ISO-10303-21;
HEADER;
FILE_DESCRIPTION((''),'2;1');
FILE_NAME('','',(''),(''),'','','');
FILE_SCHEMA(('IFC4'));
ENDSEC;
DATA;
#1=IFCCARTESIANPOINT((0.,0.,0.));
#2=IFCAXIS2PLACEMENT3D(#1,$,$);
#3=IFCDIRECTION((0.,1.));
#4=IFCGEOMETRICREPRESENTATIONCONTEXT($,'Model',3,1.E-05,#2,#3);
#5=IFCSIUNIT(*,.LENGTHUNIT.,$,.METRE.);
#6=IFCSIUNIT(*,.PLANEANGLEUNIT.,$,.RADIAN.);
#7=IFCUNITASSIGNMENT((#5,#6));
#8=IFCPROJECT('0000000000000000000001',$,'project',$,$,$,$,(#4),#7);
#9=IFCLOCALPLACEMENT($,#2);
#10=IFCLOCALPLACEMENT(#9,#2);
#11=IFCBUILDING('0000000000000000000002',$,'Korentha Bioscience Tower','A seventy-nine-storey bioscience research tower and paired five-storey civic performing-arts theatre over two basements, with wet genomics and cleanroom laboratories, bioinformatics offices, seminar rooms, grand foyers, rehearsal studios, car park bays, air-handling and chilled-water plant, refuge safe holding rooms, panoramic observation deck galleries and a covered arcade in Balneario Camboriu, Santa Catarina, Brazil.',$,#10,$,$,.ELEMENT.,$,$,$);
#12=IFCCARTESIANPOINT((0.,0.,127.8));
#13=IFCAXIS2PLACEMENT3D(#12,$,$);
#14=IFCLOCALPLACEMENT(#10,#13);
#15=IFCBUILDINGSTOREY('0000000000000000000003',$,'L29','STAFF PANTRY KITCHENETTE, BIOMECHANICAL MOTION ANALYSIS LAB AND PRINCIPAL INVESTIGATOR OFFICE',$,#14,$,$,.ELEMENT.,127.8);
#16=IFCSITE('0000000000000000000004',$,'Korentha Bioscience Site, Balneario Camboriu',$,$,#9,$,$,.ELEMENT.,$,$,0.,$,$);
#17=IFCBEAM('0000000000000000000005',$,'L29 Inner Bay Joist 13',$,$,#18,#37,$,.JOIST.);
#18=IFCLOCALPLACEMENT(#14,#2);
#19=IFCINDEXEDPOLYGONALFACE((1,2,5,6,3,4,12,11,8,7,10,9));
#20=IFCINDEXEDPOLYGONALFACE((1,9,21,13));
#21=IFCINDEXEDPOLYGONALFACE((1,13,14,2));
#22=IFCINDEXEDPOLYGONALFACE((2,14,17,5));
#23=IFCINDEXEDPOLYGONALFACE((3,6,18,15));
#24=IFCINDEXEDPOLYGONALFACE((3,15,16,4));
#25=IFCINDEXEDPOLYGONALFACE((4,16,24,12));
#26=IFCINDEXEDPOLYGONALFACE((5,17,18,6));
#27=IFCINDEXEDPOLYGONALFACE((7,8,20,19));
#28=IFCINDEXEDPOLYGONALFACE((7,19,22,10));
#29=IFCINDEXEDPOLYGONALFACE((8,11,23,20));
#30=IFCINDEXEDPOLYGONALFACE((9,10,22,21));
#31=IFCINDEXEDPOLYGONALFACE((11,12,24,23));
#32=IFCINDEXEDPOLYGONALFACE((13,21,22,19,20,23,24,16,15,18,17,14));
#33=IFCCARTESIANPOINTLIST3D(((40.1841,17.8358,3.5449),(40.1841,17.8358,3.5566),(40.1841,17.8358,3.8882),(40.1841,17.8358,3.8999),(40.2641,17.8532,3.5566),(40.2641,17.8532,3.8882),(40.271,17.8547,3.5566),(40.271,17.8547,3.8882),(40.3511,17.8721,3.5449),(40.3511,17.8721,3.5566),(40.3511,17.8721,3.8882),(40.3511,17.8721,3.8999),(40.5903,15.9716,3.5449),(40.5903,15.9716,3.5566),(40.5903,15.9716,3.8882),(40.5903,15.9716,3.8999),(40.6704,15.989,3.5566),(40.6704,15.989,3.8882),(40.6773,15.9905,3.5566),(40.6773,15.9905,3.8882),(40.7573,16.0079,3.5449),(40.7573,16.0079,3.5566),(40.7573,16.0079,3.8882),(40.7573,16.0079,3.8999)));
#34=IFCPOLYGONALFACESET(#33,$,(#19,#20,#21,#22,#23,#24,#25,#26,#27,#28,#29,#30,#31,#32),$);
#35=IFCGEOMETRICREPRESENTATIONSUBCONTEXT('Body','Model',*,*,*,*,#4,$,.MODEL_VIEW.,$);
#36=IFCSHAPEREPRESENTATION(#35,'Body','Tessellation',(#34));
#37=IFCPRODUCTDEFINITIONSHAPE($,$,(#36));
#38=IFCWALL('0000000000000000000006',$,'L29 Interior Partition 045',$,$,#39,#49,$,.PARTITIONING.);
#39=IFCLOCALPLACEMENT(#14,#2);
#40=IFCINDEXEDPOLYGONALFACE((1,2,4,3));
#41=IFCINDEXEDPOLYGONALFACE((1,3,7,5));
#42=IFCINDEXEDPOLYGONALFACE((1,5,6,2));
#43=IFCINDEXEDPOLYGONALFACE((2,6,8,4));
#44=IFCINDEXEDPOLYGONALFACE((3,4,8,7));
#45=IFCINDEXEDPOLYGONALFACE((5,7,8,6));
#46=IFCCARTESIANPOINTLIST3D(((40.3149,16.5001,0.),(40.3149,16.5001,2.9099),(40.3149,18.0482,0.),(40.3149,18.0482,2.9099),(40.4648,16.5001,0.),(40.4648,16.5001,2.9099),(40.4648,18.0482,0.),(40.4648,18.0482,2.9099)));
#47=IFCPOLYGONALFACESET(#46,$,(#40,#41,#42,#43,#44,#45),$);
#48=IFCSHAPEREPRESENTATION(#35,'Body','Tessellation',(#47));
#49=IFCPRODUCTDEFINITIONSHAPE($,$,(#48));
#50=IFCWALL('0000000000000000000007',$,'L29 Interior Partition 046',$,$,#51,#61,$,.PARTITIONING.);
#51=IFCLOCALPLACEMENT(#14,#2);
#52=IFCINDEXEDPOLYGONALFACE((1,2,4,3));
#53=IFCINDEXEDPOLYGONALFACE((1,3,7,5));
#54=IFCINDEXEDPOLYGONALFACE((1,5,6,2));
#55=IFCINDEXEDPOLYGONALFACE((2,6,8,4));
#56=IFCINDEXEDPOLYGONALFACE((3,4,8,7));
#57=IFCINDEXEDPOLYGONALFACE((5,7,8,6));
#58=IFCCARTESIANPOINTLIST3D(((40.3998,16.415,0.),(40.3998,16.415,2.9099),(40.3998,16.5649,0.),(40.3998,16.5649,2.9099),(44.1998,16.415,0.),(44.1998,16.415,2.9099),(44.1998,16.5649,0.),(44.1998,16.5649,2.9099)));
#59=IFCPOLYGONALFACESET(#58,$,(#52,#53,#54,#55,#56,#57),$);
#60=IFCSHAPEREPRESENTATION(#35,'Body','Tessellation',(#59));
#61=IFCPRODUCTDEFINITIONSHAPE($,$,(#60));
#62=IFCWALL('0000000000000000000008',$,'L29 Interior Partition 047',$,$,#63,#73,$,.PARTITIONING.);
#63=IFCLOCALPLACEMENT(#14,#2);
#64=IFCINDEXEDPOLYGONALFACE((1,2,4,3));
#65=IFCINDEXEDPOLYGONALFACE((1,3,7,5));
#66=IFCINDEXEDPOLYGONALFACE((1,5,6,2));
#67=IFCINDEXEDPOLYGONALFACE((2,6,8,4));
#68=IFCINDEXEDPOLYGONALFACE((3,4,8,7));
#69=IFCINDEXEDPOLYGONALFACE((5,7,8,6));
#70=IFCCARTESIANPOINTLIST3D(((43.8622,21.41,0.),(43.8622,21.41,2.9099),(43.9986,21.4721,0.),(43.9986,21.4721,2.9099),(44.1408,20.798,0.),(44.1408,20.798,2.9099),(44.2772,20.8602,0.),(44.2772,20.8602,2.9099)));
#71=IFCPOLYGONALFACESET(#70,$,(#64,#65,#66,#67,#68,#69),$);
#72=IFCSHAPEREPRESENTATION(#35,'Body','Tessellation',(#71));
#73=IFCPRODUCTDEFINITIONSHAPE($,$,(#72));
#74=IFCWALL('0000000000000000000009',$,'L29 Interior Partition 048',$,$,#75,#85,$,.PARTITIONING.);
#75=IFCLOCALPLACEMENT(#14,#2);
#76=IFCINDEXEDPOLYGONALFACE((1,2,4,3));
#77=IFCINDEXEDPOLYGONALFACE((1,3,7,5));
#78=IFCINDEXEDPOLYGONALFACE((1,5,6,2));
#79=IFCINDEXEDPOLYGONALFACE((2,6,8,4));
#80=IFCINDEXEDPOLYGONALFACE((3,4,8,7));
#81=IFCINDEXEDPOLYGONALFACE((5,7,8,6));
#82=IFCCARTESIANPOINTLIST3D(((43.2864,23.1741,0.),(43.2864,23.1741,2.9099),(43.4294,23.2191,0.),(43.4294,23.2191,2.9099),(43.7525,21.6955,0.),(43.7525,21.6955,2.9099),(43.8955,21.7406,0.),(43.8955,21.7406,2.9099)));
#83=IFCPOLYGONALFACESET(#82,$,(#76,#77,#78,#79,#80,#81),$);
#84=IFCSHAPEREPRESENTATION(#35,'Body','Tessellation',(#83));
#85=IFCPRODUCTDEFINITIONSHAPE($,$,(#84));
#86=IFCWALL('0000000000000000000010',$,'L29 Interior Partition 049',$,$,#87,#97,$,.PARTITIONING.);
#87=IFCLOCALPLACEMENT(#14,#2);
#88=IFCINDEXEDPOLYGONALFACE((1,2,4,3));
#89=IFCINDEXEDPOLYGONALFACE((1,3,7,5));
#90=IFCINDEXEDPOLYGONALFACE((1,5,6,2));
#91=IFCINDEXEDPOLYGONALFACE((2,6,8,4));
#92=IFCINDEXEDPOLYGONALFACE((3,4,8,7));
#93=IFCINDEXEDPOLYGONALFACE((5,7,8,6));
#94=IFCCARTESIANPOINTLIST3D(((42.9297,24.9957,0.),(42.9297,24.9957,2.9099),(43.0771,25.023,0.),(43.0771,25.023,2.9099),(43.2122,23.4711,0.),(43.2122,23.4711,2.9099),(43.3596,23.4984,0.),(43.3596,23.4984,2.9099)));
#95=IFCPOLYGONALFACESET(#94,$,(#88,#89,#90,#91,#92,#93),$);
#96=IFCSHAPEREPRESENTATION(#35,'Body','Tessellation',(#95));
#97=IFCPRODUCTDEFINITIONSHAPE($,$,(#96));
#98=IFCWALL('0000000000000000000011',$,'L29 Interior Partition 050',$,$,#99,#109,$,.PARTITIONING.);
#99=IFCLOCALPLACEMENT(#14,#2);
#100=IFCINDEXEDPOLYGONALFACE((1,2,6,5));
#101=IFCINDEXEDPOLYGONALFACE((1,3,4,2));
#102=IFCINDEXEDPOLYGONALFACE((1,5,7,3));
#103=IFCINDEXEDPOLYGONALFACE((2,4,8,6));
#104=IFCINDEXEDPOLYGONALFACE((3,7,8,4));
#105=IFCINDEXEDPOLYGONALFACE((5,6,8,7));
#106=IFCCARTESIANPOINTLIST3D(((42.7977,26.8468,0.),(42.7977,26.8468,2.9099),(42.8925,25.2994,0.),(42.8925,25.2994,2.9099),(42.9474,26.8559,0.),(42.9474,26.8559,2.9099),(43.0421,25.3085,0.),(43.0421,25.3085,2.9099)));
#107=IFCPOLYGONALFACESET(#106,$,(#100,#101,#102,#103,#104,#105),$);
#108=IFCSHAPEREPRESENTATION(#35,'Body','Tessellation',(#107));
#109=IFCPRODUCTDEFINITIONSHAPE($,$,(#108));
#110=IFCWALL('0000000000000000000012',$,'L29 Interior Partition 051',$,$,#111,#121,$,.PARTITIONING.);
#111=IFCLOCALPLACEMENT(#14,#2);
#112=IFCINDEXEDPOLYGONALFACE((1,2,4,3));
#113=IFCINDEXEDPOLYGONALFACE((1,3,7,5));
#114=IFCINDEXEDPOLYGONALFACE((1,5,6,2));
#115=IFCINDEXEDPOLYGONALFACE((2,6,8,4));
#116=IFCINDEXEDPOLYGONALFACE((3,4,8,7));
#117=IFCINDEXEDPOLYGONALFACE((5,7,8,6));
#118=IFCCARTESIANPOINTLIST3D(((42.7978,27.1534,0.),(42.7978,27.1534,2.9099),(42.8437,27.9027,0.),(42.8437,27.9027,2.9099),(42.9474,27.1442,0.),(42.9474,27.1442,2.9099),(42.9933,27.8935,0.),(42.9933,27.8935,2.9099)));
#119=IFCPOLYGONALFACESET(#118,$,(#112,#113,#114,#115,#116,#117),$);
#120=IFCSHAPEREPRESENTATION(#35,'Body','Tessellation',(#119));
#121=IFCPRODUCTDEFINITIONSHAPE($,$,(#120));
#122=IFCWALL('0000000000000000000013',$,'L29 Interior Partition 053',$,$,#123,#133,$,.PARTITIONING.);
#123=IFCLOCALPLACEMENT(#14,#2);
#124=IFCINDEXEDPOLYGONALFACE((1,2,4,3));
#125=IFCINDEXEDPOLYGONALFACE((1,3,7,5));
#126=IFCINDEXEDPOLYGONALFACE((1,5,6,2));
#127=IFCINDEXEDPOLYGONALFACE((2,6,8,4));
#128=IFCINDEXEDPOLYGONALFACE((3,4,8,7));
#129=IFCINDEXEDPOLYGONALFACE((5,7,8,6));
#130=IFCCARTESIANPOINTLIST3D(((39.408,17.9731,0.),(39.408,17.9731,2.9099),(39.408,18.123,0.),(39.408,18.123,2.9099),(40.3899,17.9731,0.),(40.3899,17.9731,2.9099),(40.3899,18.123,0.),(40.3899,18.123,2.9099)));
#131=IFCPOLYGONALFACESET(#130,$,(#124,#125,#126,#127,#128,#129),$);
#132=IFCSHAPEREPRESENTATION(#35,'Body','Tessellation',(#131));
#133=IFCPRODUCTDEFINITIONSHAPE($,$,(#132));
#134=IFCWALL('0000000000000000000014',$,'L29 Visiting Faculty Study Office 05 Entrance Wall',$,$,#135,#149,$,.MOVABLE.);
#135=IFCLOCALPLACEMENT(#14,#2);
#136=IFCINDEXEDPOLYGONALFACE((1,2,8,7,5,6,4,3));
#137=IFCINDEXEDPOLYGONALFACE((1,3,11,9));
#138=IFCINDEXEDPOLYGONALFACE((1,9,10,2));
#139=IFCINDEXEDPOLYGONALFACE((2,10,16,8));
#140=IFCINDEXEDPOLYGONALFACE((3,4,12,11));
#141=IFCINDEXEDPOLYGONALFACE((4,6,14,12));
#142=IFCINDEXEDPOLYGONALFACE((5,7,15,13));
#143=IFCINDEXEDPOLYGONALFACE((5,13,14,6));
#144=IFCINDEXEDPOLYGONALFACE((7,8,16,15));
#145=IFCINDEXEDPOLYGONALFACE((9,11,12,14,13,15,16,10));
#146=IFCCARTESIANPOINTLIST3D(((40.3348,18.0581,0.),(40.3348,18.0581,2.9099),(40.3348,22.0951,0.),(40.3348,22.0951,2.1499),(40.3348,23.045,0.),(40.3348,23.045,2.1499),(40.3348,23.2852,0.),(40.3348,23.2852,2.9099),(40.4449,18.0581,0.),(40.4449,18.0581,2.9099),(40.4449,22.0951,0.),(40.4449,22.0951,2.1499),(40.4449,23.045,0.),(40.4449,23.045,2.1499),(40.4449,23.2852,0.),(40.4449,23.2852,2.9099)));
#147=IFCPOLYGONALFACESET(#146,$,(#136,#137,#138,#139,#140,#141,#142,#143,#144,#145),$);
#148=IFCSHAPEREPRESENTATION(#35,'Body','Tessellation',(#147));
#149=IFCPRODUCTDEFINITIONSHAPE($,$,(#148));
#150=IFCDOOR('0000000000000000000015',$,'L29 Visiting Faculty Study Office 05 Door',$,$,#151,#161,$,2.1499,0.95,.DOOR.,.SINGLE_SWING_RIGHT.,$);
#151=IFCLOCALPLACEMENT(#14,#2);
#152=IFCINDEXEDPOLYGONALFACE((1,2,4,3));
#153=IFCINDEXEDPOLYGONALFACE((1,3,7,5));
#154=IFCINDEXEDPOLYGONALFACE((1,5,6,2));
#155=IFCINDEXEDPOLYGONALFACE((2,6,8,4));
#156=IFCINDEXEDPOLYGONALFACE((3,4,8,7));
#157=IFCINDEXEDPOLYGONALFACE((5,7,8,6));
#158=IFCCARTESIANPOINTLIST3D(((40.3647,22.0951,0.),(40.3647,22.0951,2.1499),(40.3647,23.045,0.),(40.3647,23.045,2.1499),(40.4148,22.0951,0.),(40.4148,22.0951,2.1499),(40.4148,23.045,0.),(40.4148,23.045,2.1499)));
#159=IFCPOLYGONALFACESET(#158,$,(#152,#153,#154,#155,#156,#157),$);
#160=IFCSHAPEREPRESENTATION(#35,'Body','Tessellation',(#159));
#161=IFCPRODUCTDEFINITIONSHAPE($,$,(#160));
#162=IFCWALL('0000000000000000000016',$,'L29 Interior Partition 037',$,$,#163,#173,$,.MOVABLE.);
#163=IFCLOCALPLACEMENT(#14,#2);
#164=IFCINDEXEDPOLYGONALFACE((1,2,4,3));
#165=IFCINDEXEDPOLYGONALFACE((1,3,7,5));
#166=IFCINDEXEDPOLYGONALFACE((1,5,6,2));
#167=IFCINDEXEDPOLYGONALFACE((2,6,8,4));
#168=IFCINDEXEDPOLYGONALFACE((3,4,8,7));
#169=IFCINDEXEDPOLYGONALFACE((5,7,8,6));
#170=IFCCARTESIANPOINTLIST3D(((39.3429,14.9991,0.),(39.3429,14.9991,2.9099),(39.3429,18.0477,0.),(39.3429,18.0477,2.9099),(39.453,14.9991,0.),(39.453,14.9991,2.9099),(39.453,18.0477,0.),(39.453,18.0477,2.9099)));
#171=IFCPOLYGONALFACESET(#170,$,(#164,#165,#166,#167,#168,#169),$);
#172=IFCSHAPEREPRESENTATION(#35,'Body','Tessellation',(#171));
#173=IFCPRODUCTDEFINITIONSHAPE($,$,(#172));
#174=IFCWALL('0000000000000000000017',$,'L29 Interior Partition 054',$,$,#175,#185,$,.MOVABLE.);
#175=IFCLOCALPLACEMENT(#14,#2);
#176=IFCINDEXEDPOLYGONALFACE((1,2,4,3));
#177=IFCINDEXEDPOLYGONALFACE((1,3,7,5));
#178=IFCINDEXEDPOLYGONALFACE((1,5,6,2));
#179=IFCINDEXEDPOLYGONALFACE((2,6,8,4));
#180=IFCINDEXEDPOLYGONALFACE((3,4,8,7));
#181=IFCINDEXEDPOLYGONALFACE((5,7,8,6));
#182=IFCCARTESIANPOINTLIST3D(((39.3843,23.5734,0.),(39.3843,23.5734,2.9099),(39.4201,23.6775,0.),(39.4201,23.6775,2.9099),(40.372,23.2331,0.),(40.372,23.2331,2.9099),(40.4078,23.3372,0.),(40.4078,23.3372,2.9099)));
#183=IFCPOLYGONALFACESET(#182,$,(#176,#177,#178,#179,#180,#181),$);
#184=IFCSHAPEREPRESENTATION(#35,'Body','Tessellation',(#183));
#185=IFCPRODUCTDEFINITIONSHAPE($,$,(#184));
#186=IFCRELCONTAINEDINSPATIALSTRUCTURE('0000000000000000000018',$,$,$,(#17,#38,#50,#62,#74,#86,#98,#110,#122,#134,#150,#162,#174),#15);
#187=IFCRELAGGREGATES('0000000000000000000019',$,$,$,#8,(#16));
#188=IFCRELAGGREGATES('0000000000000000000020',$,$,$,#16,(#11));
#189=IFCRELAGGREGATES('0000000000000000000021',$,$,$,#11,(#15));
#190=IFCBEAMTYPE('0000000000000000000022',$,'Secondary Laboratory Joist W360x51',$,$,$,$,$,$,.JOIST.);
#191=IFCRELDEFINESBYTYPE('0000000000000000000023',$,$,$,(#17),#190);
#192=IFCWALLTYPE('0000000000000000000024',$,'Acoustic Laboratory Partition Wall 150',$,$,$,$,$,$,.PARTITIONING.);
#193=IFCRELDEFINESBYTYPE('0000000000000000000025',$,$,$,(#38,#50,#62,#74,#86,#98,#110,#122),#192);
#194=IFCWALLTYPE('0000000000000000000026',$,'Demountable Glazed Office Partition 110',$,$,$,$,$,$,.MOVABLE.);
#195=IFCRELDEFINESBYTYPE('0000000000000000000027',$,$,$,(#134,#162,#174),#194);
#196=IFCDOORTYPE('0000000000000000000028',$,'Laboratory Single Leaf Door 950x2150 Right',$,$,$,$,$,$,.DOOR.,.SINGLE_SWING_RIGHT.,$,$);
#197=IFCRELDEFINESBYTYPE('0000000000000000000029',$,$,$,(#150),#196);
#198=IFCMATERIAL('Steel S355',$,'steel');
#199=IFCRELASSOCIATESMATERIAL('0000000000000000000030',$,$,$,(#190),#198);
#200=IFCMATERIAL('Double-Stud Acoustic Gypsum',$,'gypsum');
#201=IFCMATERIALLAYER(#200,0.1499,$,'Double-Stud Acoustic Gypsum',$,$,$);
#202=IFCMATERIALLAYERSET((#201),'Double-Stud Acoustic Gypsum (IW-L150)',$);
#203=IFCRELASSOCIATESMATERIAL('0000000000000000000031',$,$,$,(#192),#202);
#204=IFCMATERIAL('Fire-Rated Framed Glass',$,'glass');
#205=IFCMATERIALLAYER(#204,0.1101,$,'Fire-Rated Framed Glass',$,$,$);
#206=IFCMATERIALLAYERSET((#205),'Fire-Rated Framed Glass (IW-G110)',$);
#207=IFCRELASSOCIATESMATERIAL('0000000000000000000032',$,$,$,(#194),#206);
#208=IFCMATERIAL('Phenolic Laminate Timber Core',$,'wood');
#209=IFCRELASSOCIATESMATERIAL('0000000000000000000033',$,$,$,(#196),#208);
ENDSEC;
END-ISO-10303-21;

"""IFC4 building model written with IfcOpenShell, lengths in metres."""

from ifc_helpers import new_model, si_unit, direction, frame, frame_2d, origin, origin_2d, place, context, subcontext, project, spatial, rectangle, i_section, extrude, material, layer, layer_set, material_profile, profile_set, type_object, element, fill, save


model = new_model("IFC4")

# Units and contexts
model_context = context("Model", 3, precision=1e-05, world=origin(), true_north=direction((0.0, 1.0)))
body_context = subcontext(model_context, "Body", "Model", "MODEL_VIEW")
ifc_project = project(units=[si_unit("LENGTHUNIT", "METRE"), si_unit("PLANEANGLEUNIT", "RADIAN")], contexts=[model_context])

# Site, building, storey
site_placement = place(None, origin())
site = spatial("IfcSite", under=ifc_project, at=site_placement, Name="Korentha Bioscience Site, Balneario Camboriu", CompositionType="ELEMENT", RefElevation=0.0)
building_placement = place(site_placement, origin())
building = spatial("IfcBuilding", under=site, at=building_placement, Name="Korentha Bioscience Tower", Description="A seventy-nine-storey bioscience research tower and paired five-storey civic performing-arts theatre over two basements, with wet genomics and cleanroom laboratories, bioinformatics offices, seminar rooms, grand foyers, rehearsal studios, car park bays, air-handling and chilled-water plant, refuge safe holding rooms, panoramic observation deck galleries and a covered arcade in Balneario Camboriu, Santa Catarina, Brazil.", CompositionType="ELEMENT")
storey_placement = place(building_placement, frame((0.0, 0.0, 127.8)))
storey = spatial("IfcBuildingStorey", under=building, at=storey_placement, Name="L29", Description="STAFF PANTRY KITCHENETTE, BIOMECHANICAL MOTION ANALYSIS LAB AND PRINCIPAL INVESTIGATOR OFFICE", CompositionType="ELEMENT", Elevation=127.8)

# Beam
ifc_material_1 = material(Name="Steel S355", Category="steel")
ifc_material_profile_1 = material_profile(ifc_material_1, i_section(OverallWidth=0.1709, OverallDepth=0.355, WebThickness=0.0071, FlangeThickness=0.0117, at=origin_2d()), Name="Steel S355")
ifc_profile_set_1 = profile_set([ifc_material_profile_1], Name="Steel S355 (JB-360)")
beam_type_1 = type_object("IfcBeamType", Name="Secondary Laboratory Joist W360x51", PredefinedType="JOIST", material=ifc_profile_set_1)
beam_1_placement = place(storey_placement, frame((40.6738, 15.9897, 3.7224), z_axis=(-0.212918, 0.97707, 0.0), x_axis=(-0.97707, -0.212918, 0.0)))
element("IfcBeam", 1, at=beam_1_placement, inside=storey, type_object=beam_type_1, Name="L29 Inner Bay Joist 13", PredefinedType="JOIST", context=body_context, shape_type="SweptSolid", body=[
    extrude(i_section(OverallWidth=0.1709, OverallDepth=0.355, WebThickness=0.0071, FlangeThickness=0.0117, at=origin_2d()), origin(), (0.0, 0.0, 1.0), 1.908),
])

# Shared definitions
ifc_material_2 = material(Name="Double-Stud Acoustic Gypsum", Category="gypsum")
ifc_layer_1 = layer(ifc_material_2, 0.1499, Name="Double-Stud Acoustic Gypsum")
ifc_layer_set_1 = layer_set([ifc_layer_1], Name="Double-Stud Acoustic Gypsum (IW-L150)")
wall_type_1 = type_object("IfcWallType", Name="Acoustic Laboratory Partition Wall 150", PredefinedType="PARTITIONING", material=ifc_layer_set_1)
ifc_material_3 = material(Name="Phenolic Laminate Timber Core", Category="wood")

# Walls
wall_1_placement = place(storey_placement, frame((40.3899, 18.0481, 0.0), z_axis=(0.0, 0.0, 1.0), x_axis=(0.0, -1.0, 0.0)))
element("IfcWall", 2, at=wall_1_placement, inside=storey, type_object=wall_type_1, Name="L29 Interior Partition 045", PredefinedType="PARTITIONING", context=body_context, shape_type="SweptSolid", body=[
    extrude(rectangle(XDim=1.5481, YDim=0.1499, at=frame_2d((0.7739, 0.0))), origin(), (0.0, 0.0, 1.0), 2.9099),
])
wall_2_placement = place(storey_placement, frame((40.3999, 16.49, 0.0), z_axis=(0.0, 0.0, 1.0), x_axis=(1.0, 0.0, 0.0)))
element("IfcWall", 3, at=wall_2_placement, inside=storey, type_object=wall_type_1, Name="L29 Interior Partition 046", PredefinedType="PARTITIONING", context=body_context, shape_type="SweptSolid", body=[
    extrude(rectangle(XDim=3.8, YDim=0.1499, at=frame_2d((1.8999, 0.0))), origin(), (0.0, 0.0, 1.0), 2.9099),
])
wall_3_placement = place(storey_placement, frame((44.209, 20.8291, 0.0), z_axis=(0.0, 0.0, 1.0), x_axis=(-0.414377, 0.910105, 0.0)))
element("IfcWall", 4, at=wall_3_placement, inside=storey, type_object=wall_type_1, Name="L29 Interior Partition 047", PredefinedType="PARTITIONING", context=body_context, shape_type="SweptSolid", body=[
    extrude(rectangle(XDim=0.6724, YDim=0.1499, at=frame_2d((0.3362, 0.0))), origin(), (0.0, 0.0, 1.0), 2.9099),
])
wall_4_placement = place(storey_placement, frame((43.824, 21.718, 0.0), z_axis=(0.0, 0.0, 1.0), x_axis=(-0.300641, 0.953737, 0.0)))
element("IfcWall", 5, at=wall_4_placement, inside=storey, type_object=wall_type_1, Name="L29 Interior Partition 048", PredefinedType="PARTITIONING", context=body_context, shape_type="SweptSolid", body=[
    extrude(rectangle(XDim=1.5503, YDim=0.1499, at=frame_2d((0.7751, 0.0))), origin(), (0.0, 0.0, 1.0), 2.9099),
])
wall_5_placement = place(storey_placement, frame((43.2859, 23.4846, 0.0), z_axis=(0.0, 0.0, 1.0), x_axis=(-0.182168, 0.983267, 0.0)))
element("IfcWall", 6, at=wall_5_placement, inside=storey, type_object=wall_type_1, Name="L29 Interior Partition 049", PredefinedType="PARTITIONING", context=body_context, shape_type="SweptSolid", body=[
    extrude(rectangle(XDim=1.5505, YDim=0.1499, at=frame_2d((0.7754, 0.0))), origin(), (0.0, 0.0, 1.0), 2.9099),
])
wall_6_placement = place(storey_placement, frame((42.9673, 25.304, 0.0), z_axis=(0.0, 0.0, 1.0), x_axis=(-0.061104, 0.998131, 0.0)))
element("IfcWall", 7, at=wall_6_placement, inside=storey, type_object=wall_type_1, Name="L29 Interior Partition 050", PredefinedType="PARTITIONING", context=body_context, shape_type="SweptSolid", body=[
    extrude(rectangle(XDim=1.5503, YDim=0.1499, at=frame_2d((0.7751, 0.0))), origin(), (0.0, 0.0, 1.0), 2.9099),
])
wall_7_placement = place(storey_placement, frame((42.8726, 27.1487, 0.0), z_axis=(0.0, 0.0, 1.0), x_axis=(0.061143, 0.998129, 0.0)))
element("IfcWall", 8, at=wall_7_placement, inside=storey, type_object=wall_type_1, Name="L29 Interior Partition 051", PredefinedType="PARTITIONING", context=body_context, shape_type="SweptSolid", body=[
    extrude(rectangle(XDim=0.7507, YDim=0.1499, at=frame_2d((0.3755, 0.0))), origin(), (0.0, 0.0, 1.0), 2.9099),
])
wall_8_placement = place(storey_placement, frame((39.408, 18.0481, 0.0), z_axis=(0.0, 0.0, 1.0), x_axis=(1.0, 0.0, 0.0)))
element("IfcWall", 9, at=wall_8_placement, inside=storey, type_object=wall_type_1, Name="L29 Interior Partition 053", PredefinedType="PARTITIONING", context=body_context, shape_type="SweptSolid", body=[
    extrude(rectangle(XDim=0.9819, YDim=0.1499, at=frame_2d((0.491, 0.0))), origin(), (0.0, 0.0, 1.0), 2.9099),
])

# Wall, opening, door
ifc_material_4 = material(Name="Fire-Rated Framed Glass", Category="glass")
ifc_layer_2 = layer(ifc_material_4, 0.1101, Name="Fire-Rated Framed Glass")
ifc_layer_set_2 = layer_set([ifc_layer_2], Name="Fire-Rated Framed Glass (IW-G110)")
wall_type_2 = type_object("IfcWallType", Name="Demountable Glazed Office Partition 110", PredefinedType="MOVABLE", material=ifc_layer_set_2)
wall_9_placement = place(storey_placement, frame((40.3899, 23.2852, 0.0), z_axis=(0.0, 0.0, 1.0), x_axis=(0.0, -1.0, 0.0)))
wall_9 = element("IfcWall", 10, at=wall_9_placement, inside=storey, type_object=wall_type_2, Name="L29 Visiting Faculty Study Office 05 Entrance Wall", PredefinedType="MOVABLE", context=body_context, shape_type="SweptSolid", body=[
    extrude(rectangle(XDim=5.2271, YDim=0.1101, at=frame_2d((2.6135, 0.0))), origin(), (0.0, 0.0, 1.0), 2.9099),
])
opening_1_placement = place(wall_9_placement, frame((0.24, 0.0, 0.0)))
opening_1 = element("IfcOpeningElement", 11, at=opening_1_placement, cuts=wall_9, PredefinedType="OPENING", context=body_context, shape_type="SweptSolid", body=[
    extrude(rectangle(XDim=0.95, YDim=2.1499, at=frame_2d((0.4751, 1.075))), frame((0.0, 0.0698, 0.0), z_axis=(0.0, -1.0, 0.0), x_axis=(1.0, 0.0, 0.0)), (0.0, 0.0, 1.0), 0.1399),
])
door_type_1 = type_object("IfcDoorType", Name="Laboratory Single Leaf Door 950x2150 Right", OperationType="SINGLE_SWING_RIGHT", PredefinedType="DOOR", material=ifc_material_3)
door_1_placement = place(opening_1_placement, origin())
door_1 = element("IfcDoor", 12, at=door_1_placement, inside=storey, type_object=door_type_1, Name="L29 Visiting Faculty Study Office 05 Door", OperationType="SINGLE_SWING_RIGHT", OverallHeight=2.1499, OverallWidth=0.95, PredefinedType="DOOR", context=body_context, shape_type="SweptSolid", body=[
    extrude(rectangle(XDim=0.95, YDim=2.1499, at=frame_2d((0.4751, 1.075))), frame((0.0, 0.0249, 0.0), z_axis=(0.0, -1.0, 0.0), x_axis=(1.0, 0.0, 0.0)), (0.0, 0.0, 1.0), 0.05),
])
fill(opening_1, door_1)

# Walls
wall_10_placement = place(storey_placement, frame((39.3979, 18.0479, 0.0), z_axis=(0.0, 0.0, 1.0), x_axis=(0.0, -1.0, 0.0)))
element("IfcWall", 13, at=wall_10_placement, inside=storey, type_object=wall_type_2, Name="L29 Interior Partition 037", PredefinedType="MOVABLE", context=body_context, shape_type="SweptSolid", body=[
    extrude(rectangle(XDim=3.0486, YDim=0.1101, at=frame_2d((1.5244, 0.0))), origin(), (0.0, 0.0, 1.0), 2.9099),
])
wall_11_placement = place(storey_placement, frame((39.4021, 23.6255, 0.0), z_axis=(0.0, 0.0, 1.0), x_axis=(0.945457, -0.325746, 0.0)))
element("IfcWall", 14, at=wall_11_placement, inside=storey, type_object=wall_type_2, Name="L29 Interior Partition 054", PredefinedType="MOVABLE", context=body_context, shape_type="SweptSolid", body=[
    extrude(rectangle(XDim=1.0447, YDim=0.1101, at=frame_2d((0.5225, 0.0))), origin(), (0.0, 0.0, 1.0), 2.9099),
])

save(model, "model.ifc")
